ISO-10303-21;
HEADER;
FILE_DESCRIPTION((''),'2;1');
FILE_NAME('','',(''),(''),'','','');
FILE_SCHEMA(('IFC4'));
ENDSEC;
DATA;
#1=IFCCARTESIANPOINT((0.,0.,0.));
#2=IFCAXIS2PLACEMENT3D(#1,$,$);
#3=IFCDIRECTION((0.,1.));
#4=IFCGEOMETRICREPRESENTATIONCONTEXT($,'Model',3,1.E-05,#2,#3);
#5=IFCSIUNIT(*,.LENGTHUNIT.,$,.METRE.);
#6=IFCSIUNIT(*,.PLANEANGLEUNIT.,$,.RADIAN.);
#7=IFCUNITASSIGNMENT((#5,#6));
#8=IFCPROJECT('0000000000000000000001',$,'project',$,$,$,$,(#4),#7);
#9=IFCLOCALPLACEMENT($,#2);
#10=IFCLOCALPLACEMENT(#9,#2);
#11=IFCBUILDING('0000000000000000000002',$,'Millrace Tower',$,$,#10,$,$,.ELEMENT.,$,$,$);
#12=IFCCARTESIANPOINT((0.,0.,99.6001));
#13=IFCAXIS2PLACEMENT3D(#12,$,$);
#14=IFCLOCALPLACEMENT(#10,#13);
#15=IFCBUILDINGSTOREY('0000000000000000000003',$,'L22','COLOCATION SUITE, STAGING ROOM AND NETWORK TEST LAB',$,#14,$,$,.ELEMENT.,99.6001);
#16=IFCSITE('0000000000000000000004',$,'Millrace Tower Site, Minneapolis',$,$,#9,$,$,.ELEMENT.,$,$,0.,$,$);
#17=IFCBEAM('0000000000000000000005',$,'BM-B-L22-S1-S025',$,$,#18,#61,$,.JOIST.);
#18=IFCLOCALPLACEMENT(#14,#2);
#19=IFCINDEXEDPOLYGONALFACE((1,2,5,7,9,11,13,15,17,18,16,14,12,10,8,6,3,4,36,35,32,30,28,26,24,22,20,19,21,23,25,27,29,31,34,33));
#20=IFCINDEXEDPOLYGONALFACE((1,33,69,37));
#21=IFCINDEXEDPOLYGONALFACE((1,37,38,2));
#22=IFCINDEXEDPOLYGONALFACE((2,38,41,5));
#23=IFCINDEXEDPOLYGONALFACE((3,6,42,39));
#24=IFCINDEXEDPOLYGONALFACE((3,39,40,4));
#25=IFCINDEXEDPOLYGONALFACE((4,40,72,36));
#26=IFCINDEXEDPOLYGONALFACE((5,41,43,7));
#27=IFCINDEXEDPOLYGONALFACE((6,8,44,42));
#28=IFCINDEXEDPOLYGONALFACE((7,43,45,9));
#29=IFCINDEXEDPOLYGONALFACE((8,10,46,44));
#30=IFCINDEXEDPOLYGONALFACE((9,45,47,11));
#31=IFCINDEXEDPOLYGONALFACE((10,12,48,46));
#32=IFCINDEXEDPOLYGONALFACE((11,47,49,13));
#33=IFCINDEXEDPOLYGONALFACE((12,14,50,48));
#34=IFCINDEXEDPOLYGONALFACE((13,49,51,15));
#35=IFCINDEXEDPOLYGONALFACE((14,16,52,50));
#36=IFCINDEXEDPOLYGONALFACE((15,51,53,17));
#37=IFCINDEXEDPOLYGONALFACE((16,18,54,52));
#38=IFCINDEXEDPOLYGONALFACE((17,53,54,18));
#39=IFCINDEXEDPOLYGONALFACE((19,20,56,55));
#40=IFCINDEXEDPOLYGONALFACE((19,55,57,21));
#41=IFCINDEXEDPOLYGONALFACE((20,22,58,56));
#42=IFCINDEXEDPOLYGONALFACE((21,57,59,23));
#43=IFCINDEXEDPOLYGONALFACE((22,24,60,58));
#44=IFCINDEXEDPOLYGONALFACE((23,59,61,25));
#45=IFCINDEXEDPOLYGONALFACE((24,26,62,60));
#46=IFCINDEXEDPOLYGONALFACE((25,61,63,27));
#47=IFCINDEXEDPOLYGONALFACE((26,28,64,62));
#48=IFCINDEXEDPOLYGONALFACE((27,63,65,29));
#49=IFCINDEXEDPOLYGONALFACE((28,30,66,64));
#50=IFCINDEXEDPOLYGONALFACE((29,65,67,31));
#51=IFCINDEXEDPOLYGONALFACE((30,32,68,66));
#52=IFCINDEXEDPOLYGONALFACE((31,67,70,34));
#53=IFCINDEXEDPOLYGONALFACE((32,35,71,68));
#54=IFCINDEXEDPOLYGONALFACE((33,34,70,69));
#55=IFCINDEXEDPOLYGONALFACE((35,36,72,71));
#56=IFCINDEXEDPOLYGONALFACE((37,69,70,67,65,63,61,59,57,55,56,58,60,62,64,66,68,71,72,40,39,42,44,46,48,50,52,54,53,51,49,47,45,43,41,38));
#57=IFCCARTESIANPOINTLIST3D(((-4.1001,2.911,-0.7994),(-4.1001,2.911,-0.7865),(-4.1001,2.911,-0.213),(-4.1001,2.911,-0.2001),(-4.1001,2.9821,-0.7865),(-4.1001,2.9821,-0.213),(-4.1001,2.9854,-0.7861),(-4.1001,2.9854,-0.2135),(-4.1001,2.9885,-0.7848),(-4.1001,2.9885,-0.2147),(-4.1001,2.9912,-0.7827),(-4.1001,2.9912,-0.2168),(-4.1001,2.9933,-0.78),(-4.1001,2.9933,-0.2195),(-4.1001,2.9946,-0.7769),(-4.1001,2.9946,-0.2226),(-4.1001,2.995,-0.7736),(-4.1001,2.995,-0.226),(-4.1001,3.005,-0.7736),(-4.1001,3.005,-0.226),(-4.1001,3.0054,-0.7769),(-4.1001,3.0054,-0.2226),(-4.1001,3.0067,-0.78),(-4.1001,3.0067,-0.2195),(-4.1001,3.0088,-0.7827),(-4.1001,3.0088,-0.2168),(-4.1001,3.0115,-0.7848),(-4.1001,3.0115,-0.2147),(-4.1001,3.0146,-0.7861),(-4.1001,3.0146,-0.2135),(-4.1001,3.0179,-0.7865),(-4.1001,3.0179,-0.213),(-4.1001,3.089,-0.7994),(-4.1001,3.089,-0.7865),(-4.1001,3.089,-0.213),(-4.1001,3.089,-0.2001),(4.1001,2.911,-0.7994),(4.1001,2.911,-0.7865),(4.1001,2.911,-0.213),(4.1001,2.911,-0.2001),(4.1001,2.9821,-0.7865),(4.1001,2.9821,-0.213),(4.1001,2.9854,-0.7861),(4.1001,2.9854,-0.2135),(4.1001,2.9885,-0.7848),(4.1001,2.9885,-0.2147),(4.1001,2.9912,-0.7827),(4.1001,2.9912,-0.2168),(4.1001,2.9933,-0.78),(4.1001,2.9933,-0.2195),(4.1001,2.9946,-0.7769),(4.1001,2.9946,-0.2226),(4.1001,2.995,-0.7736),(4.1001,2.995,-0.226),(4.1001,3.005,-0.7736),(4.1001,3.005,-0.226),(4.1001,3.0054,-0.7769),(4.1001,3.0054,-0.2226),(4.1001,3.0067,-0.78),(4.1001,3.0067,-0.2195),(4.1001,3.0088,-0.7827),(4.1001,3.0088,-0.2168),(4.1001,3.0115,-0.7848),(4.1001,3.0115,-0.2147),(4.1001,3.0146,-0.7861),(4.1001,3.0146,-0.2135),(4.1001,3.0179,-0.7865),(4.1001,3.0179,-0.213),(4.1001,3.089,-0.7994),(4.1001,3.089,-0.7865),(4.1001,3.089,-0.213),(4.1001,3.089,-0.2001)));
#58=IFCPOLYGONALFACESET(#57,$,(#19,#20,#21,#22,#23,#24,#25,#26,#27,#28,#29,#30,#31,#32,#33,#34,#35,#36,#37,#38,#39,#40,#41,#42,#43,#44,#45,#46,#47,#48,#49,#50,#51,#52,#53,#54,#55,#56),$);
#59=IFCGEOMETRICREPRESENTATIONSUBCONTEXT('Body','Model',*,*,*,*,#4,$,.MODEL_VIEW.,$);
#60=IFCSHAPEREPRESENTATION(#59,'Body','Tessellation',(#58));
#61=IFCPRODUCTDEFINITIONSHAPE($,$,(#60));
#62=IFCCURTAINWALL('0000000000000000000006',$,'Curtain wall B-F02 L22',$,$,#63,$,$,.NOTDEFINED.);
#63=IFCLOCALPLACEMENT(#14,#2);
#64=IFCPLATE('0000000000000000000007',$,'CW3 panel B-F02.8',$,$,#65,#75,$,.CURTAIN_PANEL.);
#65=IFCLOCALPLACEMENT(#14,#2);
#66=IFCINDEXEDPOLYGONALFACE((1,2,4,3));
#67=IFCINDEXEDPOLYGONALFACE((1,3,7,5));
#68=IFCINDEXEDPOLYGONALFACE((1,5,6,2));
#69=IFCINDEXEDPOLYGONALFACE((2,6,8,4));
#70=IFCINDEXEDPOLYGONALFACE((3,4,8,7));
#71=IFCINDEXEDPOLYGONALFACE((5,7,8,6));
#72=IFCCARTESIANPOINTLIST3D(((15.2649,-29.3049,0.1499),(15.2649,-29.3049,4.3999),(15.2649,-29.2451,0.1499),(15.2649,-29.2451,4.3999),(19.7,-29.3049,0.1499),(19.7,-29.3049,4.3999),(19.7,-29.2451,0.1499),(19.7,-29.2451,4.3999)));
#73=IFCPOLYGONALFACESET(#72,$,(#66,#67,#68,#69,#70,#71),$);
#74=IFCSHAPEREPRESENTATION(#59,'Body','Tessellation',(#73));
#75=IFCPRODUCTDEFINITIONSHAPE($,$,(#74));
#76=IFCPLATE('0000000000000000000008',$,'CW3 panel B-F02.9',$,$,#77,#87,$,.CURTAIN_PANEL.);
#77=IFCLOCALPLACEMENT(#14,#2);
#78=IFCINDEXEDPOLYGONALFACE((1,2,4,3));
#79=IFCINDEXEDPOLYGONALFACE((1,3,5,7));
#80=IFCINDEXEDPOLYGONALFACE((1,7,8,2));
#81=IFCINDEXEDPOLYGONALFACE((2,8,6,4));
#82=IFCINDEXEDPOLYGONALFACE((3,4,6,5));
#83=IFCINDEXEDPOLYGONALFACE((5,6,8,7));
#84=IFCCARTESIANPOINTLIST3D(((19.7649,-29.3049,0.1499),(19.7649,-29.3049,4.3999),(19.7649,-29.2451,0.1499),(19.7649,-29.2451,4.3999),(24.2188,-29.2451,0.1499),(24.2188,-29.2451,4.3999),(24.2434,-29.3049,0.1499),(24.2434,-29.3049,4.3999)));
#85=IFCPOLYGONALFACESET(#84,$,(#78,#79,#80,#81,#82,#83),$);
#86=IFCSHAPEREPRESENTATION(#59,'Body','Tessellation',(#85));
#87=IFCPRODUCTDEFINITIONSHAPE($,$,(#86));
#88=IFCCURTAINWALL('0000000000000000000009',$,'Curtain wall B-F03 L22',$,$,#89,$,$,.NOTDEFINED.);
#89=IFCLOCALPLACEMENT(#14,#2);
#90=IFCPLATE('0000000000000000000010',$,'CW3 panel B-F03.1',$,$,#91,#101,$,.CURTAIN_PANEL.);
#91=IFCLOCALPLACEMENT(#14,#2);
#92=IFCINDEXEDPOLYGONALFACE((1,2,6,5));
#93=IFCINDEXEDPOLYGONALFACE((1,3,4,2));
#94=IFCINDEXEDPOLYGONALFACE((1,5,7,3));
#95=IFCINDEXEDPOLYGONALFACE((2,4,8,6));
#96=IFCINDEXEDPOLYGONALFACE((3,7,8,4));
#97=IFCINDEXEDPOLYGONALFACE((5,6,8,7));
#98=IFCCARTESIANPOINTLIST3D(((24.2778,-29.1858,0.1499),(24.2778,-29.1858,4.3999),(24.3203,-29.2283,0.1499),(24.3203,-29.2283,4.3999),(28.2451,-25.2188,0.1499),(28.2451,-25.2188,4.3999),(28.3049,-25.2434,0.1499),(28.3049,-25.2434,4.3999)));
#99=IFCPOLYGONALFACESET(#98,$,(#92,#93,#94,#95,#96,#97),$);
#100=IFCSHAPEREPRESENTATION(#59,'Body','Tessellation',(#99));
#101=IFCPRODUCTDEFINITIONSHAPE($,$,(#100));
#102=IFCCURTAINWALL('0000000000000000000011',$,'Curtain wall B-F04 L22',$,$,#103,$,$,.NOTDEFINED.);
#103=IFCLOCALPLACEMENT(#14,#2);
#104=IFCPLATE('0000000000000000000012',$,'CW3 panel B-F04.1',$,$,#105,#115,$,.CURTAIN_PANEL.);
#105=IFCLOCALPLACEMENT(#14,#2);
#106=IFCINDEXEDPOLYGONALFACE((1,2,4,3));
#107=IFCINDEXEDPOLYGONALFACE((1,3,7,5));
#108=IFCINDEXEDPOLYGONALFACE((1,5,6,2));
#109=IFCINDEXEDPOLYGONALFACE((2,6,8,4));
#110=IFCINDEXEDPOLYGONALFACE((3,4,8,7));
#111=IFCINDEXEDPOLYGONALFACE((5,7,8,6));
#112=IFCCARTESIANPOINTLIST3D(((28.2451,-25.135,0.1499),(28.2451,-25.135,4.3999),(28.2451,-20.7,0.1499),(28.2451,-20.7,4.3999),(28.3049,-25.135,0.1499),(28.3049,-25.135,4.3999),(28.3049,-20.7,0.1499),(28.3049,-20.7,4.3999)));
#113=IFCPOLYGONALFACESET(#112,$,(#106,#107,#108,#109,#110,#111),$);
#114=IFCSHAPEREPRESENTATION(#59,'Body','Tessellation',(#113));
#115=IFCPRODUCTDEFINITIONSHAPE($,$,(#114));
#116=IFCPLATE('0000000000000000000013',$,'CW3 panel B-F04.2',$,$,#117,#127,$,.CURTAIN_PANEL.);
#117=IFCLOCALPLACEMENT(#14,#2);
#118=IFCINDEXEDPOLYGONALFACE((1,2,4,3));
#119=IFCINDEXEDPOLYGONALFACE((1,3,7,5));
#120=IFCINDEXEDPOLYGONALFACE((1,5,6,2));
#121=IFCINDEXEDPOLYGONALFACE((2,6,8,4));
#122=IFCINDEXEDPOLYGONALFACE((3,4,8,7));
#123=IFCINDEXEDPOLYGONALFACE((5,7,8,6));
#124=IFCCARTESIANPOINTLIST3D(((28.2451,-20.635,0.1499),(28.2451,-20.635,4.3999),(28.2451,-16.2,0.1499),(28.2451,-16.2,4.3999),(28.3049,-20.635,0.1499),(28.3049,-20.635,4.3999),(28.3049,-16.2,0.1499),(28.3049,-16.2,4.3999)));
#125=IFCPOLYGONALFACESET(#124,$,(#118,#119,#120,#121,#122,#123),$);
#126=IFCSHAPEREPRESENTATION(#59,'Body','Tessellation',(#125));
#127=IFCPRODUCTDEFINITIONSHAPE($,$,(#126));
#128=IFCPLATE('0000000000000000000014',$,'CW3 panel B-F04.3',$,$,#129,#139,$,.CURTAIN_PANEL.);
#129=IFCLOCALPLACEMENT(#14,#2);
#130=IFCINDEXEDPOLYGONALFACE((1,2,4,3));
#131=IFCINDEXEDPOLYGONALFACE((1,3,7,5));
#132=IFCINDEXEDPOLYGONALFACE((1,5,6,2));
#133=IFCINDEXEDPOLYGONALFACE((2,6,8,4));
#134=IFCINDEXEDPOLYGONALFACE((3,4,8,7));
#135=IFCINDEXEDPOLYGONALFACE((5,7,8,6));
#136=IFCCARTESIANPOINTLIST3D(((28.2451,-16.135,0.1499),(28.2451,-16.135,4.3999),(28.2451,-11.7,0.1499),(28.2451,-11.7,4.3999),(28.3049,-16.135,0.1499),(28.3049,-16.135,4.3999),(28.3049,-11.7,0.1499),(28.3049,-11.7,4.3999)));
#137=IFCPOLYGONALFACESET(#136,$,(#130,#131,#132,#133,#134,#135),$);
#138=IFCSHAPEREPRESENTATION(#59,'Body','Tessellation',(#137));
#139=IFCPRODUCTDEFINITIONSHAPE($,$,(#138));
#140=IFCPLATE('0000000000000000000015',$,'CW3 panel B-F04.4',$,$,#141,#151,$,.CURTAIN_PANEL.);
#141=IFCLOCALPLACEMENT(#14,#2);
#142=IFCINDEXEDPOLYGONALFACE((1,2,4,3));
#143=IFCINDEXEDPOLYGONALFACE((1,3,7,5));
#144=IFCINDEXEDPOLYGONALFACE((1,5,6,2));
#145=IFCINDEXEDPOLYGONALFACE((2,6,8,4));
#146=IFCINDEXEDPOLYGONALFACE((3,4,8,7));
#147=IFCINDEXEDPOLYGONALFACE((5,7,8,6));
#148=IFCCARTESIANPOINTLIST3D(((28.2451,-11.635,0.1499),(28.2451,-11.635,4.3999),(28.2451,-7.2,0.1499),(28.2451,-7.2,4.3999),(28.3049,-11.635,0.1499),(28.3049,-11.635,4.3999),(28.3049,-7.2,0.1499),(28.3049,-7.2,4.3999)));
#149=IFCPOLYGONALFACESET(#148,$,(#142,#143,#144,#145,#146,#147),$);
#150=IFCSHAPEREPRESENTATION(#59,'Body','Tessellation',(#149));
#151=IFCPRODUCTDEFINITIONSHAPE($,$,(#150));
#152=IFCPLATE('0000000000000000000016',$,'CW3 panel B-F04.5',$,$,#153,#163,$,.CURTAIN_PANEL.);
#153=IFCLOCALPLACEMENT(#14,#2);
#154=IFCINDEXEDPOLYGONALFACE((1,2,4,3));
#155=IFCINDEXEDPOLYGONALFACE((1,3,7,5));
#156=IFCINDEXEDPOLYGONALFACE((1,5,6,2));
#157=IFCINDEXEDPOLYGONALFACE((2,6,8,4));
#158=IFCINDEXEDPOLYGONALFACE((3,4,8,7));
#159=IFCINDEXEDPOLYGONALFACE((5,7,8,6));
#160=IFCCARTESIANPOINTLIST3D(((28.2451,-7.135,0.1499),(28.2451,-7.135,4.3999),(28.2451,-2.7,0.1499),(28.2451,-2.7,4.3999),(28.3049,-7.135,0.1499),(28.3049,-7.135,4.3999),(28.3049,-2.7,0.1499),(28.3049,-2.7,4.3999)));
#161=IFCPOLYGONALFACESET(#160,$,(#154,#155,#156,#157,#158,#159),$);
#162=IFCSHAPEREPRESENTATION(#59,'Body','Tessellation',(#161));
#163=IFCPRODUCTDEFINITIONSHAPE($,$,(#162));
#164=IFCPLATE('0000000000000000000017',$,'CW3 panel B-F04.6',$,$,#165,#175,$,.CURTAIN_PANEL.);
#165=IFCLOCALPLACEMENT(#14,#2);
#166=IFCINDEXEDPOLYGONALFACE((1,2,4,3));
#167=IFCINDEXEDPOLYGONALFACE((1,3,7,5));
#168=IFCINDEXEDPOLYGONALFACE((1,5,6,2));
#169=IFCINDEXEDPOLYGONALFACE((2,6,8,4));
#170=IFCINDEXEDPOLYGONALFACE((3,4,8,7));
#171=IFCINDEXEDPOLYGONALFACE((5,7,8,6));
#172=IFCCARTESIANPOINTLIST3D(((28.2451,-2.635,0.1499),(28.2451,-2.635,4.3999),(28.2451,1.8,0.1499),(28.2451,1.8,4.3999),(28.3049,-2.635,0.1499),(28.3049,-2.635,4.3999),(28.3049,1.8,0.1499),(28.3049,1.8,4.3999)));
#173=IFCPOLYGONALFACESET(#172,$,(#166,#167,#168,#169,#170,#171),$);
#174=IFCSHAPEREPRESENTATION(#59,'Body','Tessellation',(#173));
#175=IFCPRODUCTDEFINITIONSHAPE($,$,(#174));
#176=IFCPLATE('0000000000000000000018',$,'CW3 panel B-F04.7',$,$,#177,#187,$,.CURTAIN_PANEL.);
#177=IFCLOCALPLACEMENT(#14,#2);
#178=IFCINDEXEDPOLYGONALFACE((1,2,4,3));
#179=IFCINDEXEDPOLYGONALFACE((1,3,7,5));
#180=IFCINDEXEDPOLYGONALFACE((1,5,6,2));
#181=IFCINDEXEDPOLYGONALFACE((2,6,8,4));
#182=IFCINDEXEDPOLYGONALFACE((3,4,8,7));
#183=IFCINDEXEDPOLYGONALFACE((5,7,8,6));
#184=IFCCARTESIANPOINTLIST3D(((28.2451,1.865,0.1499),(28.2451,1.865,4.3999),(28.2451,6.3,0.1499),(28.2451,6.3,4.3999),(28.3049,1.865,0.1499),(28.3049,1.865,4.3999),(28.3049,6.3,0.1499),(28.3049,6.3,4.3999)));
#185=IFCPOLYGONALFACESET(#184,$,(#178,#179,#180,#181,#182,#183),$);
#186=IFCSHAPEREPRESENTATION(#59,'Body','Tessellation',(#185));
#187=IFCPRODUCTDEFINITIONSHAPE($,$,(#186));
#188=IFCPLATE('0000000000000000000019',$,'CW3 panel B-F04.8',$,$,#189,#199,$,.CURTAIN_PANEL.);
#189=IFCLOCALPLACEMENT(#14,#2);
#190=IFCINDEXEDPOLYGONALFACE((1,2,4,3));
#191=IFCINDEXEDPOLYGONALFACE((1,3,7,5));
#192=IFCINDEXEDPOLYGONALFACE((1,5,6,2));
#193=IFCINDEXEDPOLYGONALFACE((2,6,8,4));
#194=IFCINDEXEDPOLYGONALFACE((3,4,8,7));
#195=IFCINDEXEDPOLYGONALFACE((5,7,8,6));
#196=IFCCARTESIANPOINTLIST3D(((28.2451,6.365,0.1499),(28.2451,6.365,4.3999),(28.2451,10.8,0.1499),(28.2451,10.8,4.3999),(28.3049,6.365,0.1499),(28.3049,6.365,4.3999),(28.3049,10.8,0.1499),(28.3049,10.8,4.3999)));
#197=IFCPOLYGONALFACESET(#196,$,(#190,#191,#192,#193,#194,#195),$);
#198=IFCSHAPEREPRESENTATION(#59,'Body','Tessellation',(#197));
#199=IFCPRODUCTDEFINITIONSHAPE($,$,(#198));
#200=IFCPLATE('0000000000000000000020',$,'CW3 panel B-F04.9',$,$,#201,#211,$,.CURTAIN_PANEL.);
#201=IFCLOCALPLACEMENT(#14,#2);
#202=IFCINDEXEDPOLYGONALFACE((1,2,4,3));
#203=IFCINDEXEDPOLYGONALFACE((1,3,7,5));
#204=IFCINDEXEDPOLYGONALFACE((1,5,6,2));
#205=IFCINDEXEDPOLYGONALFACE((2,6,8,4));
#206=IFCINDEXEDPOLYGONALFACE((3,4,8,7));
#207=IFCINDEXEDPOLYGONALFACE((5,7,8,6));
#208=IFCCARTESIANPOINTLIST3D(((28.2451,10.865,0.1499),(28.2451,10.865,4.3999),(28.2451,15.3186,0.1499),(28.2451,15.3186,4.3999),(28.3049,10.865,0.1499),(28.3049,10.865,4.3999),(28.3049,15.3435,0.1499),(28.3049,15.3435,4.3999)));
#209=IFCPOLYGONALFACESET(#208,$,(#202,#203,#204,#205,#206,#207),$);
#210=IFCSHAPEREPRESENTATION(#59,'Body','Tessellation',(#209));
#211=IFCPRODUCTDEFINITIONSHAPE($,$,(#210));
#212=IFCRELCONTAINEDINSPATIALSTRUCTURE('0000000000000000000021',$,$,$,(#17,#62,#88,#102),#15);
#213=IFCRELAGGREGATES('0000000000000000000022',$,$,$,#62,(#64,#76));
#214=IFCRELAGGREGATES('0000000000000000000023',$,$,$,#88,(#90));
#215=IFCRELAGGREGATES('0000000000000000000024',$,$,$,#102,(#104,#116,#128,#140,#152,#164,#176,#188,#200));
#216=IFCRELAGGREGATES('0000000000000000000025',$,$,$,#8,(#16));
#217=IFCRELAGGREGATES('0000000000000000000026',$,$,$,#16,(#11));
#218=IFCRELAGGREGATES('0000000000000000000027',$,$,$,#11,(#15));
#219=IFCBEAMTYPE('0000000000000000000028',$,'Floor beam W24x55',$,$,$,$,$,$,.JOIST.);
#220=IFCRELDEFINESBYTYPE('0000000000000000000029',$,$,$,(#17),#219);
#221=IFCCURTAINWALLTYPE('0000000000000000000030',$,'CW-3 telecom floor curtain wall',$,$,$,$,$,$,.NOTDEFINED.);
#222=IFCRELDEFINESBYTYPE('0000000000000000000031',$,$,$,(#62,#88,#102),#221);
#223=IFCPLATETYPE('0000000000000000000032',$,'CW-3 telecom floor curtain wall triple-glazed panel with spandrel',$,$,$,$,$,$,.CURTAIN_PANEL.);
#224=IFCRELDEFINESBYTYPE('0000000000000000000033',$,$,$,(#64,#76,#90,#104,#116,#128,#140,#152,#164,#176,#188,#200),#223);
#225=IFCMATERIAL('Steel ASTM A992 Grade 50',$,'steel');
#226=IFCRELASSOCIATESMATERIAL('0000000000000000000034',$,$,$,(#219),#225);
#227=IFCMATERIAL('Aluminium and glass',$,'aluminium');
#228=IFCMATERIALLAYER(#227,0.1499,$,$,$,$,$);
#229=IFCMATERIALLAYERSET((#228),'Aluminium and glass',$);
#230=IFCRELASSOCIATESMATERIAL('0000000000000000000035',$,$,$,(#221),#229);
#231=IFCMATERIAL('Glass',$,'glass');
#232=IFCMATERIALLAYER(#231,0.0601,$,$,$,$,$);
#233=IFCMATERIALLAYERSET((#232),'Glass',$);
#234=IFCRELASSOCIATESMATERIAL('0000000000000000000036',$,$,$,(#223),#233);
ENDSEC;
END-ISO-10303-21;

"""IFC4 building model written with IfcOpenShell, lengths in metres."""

from ifc_helpers import new_model, si_unit, direction, frame, origin, origin_2d, place, context, subcontext, project, spatial, polyline, i_section, outline, extrude, material, layer, layer_set, material_profile, profile_set, type_object, element, aggregate, save


model = new_model("IFC4")

# Units and contexts
model_context = context("Model", 3, precision=1e-05, world=origin(), true_north=direction((0.0, 1.0)))
body_context = subcontext(model_context, "Body", "Model", "MODEL_VIEW")
ifc_project = project(units=[si_unit("LENGTHUNIT", "METRE"), si_unit("PLANEANGLEUNIT", "RADIAN")], contexts=[model_context])

# Site, building, storey
site_placement = place(None, origin())
site = spatial("IfcSite", under=ifc_project, at=site_placement, Name="Millrace Tower Site, Minneapolis", CompositionType="ELEMENT", RefElevation=0.0)
building_placement = place(site_placement, origin())
building = spatial("IfcBuilding", under=site, at=building_placement, Name="Millrace Tower", CompositionType="ELEMENT")
storey_placement = place(building_placement, frame((0.0, 0.0, 99.6001)))
storey = spatial("IfcBuildingStorey", under=building, at=storey_placement, Name="L22", Description="COLOCATION SUITE, STAGING ROOM AND NETWORK TEST LAB", CompositionType="ELEMENT", Elevation=99.6001)

# Beam
ifc_material_1 = material(Name="Steel ASTM A992 Grade 50", Category="steel")
ifc_material_profile = material_profile(ifc_material_1, i_section(OverallWidth=0.178, OverallDepth=0.5994, WebThickness=0.01, FlangeThickness=0.0129, FilletRadius=0.0129, at=origin_2d()))
ifc_profile_set = profile_set([ifc_material_profile], Name="Steel ASTM A992 Grade 50")
beam_type = type_object("IfcBeamType", Name="Floor beam W24x55", PredefinedType="JOIST", material=ifc_profile_set)
beam_placement = place(storey_placement, frame((-4.1001, 3.0, -0.4998), z_axis=(1.0, 0.0, 0.0), x_axis=(0.0, 1.0, 0.0)))
element("IfcBeam", 1, at=beam_placement, inside=storey, type_object=beam_type, Name="BM-B-L22-S1-S025", PredefinedType="JOIST", context=body_context, shape_type="SweptSolid", body=[
    extrude(i_section(OverallWidth=0.178, OverallDepth=0.5994, WebThickness=0.01, FlangeThickness=0.0129, FilletRadius=0.0129, at=origin_2d()), origin(), (0.0, 0.0, 1.0), 8.2002),
])

# Curtain wall, plates
ifc_material_2 = material(Name="Aluminium and glass", Category="aluminium")
ifc_layer_1 = layer(ifc_material_2, 0.1499)
ifc_layer_set_1 = layer_set([ifc_layer_1], Name="Aluminium and glass")
curtain_wall_type = type_object("IfcCurtainWallType", Name="CW-3 telecom floor curtain wall", PredefinedType="NOTDEFINED", material=ifc_layer_set_1)
placement_1 = place(storey_placement, origin())
curtain_wall_1 = element("IfcCurtainWall", 2, at=placement_1, inside=storey, type_object=curtain_wall_type, Name="Curtain wall B-F02 L22", PredefinedType="NOTDEFINED")
ifc_material_3 = material(Name="Glass", Category="glass")
ifc_layer_2 = layer(ifc_material_3, 0.0601)
ifc_layer_set_2 = layer_set([ifc_layer_2], Name="Glass")
plate_type = type_object("IfcPlateType", Name="CW-3 telecom floor curtain wall triple-glazed panel with spandrel", PredefinedType="CURTAIN_PANEL", material=ifc_layer_set_2)
placement_2 = place(storey_placement, frame((0.0, 0.0, 0.1499)))
plate_1 = element("IfcPlate", 3, at=placement_2, type_object=plate_type, Name="CW3 panel B-F02.8", PredefinedType="CURTAIN_PANEL", context=body_context, shape_type="SweptSolid", body=[
    extrude(outline(polyline([(15.2649, -29.3049), (19.7, -29.3049), (19.7, -29.2451), (15.2649, -29.2451), (15.2649, -29.3049)])), origin(), (0.0, 0.0, 1.0), 4.25),
])
plate_2 = element("IfcPlate", 4, at=placement_2, type_object=plate_type, Name="CW3 panel B-F02.9", PredefinedType="CURTAIN_PANEL", context=body_context, shape_type="SweptSolid", body=[
    extrude(outline(polyline([(19.7649, -29.3049), (24.2434, -29.3049), (24.2188, -29.2451), (19.7649, -29.2451), (19.7649, -29.3049)])), origin(), (0.0, 0.0, 1.0), 4.25),
])
aggregate(curtain_wall_1, [plate_1, plate_2])

# Curtain wall, plate
curtain_wall_2 = element("IfcCurtainWall", 5, at=placement_1, inside=storey, type_object=curtain_wall_type, Name="Curtain wall B-F03 L22", PredefinedType="NOTDEFINED")
plate_3 = element("IfcPlate", 6, at=placement_2, type_object=plate_type, Name="CW3 panel B-F03.1", PredefinedType="CURTAIN_PANEL", context=body_context, shape_type="SweptSolid", body=[
    extrude(outline(polyline([(24.3203, -29.2283), (28.3049, -25.2434), (28.2451, -25.2188), (24.2778, -29.1858), (24.3203, -29.2283)])), origin(), (0.0, 0.0, 1.0), 4.25),
])
aggregate(curtain_wall_2, [plate_3])

# Curtain wall, plates
curtain_wall_3 = element("IfcCurtainWall", 7, at=placement_1, inside=storey, type_object=curtain_wall_type, Name="Curtain wall B-F04 L22", PredefinedType="NOTDEFINED")
plate_4 = element("IfcPlate", 8, at=placement_2, type_object=plate_type, Name="CW3 panel B-F04.1", PredefinedType="CURTAIN_PANEL", context=body_context, shape_type="SweptSolid", body=[
    extrude(outline(polyline([(28.3049, -25.135), (28.3049, -20.7), (28.2451, -20.7), (28.2451, -25.135), (28.3049, -25.135)])), origin(), (0.0, 0.0, 1.0), 4.25),
])
plate_5 = element("IfcPlate", 9, at=placement_2, type_object=plate_type, Name="CW3 panel B-F04.2", PredefinedType="CURTAIN_PANEL", context=body_context, shape_type="SweptSolid", body=[
    extrude(outline(polyline([(28.3049, -20.635), (28.3049, -16.2), (28.2451, -16.2), (28.2451, -20.635), (28.3049, -20.635)])), origin(), (0.0, 0.0, 1.0), 4.25),
])
plate_6 = element("IfcPlate", 10, at=placement_2, type_object=plate_type, Name="CW3 panel B-F04.3", PredefinedType="CURTAIN_PANEL", context=body_context, shape_type="SweptSolid", body=[
    extrude(outline(polyline([(28.3049, -16.135), (28.3049, -11.7), (28.2451, -11.7), (28.2451, -16.135), (28.3049, -16.135)])), origin(), (0.0, 0.0, 1.0), 4.25),
])
plate_7 = element("IfcPlate", 11, at=placement_2, type_object=plate_type, Name="CW3 panel B-F04.4", PredefinedType="CURTAIN_PANEL", context=body_context, shape_type="SweptSolid", body=[
    extrude(outline(polyline([(28.3049, -11.635), (28.3049, -7.2), (28.2451, -7.2), (28.2451, -11.635), (28.3049, -11.635)])), origin(), (0.0, 0.0, 1.0), 4.25),
])
plate_8 = element("IfcPlate", 12, at=placement_2, type_object=plate_type, Name="CW3 panel B-F04.5", PredefinedType="CURTAIN_PANEL", context=body_context, shape_type="SweptSolid", body=[
    extrude(outline(polyline([(28.3049, -7.135), (28.3049, -2.7), (28.2451, -2.7), (28.2451, -7.135), (28.3049, -7.135)])), origin(), (0.0, 0.0, 1.0), 4.25),
])
plate_9 = element("IfcPlate", 13, at=placement_2, type_object=plate_type, Name="CW3 panel B-F04.6", PredefinedType="CURTAIN_PANEL", context=body_context, shape_type="SweptSolid", body=[
    extrude(outline(polyline([(28.3049, -2.635), (28.3049, 1.8), (28.2451, 1.8), (28.2451, -2.635), (28.3049, -2.635)])), origin(), (0.0, 0.0, 1.0), 4.25),
])
plate_10 = element("IfcPlate", 14, at=placement_2, type_object=plate_type, Name="CW3 panel B-F04.7", PredefinedType="CURTAIN_PANEL", context=body_context, shape_type="SweptSolid", body=[
    extrude(outline(polyline([(28.3049, 1.865), (28.3049, 6.3), (28.2451, 6.3), (28.2451, 1.865), (28.3049, 1.865)])), origin(), (0.0, 0.0, 1.0), 4.25),
])
plate_11 = element("IfcPlate", 15, at=placement_2, type_object=plate_type, Name="CW3 panel B-F04.8", PredefinedType="CURTAIN_PANEL", context=body_context, shape_type="SweptSolid", body=[
    extrude(outline(polyline([(28.3049, 6.365), (28.3049, 10.8), (28.2451, 10.8), (28.2451, 6.365), (28.3049, 6.365)])), origin(), (0.0, 0.0, 1.0), 4.25),
])
plate_12 = element("IfcPlate", 16, at=placement_2, type_object=plate_type, Name="CW3 panel B-F04.9", PredefinedType="CURTAIN_PANEL", context=body_context, shape_type="SweptSolid", body=[
    extrude(outline(polyline([(28.3049, 10.865), (28.3049, 15.3435), (28.2451, 15.3186), (28.2451, 10.865), (28.3049, 10.865)])), origin(), (0.0, 0.0, 1.0), 4.25),
])
aggregate(curtain_wall_3, [plate_4, plate_5, plate_6, plate_7, plate_8, plate_9, plate_10, plate_11, plate_12])

save(model, "model.ifc")
